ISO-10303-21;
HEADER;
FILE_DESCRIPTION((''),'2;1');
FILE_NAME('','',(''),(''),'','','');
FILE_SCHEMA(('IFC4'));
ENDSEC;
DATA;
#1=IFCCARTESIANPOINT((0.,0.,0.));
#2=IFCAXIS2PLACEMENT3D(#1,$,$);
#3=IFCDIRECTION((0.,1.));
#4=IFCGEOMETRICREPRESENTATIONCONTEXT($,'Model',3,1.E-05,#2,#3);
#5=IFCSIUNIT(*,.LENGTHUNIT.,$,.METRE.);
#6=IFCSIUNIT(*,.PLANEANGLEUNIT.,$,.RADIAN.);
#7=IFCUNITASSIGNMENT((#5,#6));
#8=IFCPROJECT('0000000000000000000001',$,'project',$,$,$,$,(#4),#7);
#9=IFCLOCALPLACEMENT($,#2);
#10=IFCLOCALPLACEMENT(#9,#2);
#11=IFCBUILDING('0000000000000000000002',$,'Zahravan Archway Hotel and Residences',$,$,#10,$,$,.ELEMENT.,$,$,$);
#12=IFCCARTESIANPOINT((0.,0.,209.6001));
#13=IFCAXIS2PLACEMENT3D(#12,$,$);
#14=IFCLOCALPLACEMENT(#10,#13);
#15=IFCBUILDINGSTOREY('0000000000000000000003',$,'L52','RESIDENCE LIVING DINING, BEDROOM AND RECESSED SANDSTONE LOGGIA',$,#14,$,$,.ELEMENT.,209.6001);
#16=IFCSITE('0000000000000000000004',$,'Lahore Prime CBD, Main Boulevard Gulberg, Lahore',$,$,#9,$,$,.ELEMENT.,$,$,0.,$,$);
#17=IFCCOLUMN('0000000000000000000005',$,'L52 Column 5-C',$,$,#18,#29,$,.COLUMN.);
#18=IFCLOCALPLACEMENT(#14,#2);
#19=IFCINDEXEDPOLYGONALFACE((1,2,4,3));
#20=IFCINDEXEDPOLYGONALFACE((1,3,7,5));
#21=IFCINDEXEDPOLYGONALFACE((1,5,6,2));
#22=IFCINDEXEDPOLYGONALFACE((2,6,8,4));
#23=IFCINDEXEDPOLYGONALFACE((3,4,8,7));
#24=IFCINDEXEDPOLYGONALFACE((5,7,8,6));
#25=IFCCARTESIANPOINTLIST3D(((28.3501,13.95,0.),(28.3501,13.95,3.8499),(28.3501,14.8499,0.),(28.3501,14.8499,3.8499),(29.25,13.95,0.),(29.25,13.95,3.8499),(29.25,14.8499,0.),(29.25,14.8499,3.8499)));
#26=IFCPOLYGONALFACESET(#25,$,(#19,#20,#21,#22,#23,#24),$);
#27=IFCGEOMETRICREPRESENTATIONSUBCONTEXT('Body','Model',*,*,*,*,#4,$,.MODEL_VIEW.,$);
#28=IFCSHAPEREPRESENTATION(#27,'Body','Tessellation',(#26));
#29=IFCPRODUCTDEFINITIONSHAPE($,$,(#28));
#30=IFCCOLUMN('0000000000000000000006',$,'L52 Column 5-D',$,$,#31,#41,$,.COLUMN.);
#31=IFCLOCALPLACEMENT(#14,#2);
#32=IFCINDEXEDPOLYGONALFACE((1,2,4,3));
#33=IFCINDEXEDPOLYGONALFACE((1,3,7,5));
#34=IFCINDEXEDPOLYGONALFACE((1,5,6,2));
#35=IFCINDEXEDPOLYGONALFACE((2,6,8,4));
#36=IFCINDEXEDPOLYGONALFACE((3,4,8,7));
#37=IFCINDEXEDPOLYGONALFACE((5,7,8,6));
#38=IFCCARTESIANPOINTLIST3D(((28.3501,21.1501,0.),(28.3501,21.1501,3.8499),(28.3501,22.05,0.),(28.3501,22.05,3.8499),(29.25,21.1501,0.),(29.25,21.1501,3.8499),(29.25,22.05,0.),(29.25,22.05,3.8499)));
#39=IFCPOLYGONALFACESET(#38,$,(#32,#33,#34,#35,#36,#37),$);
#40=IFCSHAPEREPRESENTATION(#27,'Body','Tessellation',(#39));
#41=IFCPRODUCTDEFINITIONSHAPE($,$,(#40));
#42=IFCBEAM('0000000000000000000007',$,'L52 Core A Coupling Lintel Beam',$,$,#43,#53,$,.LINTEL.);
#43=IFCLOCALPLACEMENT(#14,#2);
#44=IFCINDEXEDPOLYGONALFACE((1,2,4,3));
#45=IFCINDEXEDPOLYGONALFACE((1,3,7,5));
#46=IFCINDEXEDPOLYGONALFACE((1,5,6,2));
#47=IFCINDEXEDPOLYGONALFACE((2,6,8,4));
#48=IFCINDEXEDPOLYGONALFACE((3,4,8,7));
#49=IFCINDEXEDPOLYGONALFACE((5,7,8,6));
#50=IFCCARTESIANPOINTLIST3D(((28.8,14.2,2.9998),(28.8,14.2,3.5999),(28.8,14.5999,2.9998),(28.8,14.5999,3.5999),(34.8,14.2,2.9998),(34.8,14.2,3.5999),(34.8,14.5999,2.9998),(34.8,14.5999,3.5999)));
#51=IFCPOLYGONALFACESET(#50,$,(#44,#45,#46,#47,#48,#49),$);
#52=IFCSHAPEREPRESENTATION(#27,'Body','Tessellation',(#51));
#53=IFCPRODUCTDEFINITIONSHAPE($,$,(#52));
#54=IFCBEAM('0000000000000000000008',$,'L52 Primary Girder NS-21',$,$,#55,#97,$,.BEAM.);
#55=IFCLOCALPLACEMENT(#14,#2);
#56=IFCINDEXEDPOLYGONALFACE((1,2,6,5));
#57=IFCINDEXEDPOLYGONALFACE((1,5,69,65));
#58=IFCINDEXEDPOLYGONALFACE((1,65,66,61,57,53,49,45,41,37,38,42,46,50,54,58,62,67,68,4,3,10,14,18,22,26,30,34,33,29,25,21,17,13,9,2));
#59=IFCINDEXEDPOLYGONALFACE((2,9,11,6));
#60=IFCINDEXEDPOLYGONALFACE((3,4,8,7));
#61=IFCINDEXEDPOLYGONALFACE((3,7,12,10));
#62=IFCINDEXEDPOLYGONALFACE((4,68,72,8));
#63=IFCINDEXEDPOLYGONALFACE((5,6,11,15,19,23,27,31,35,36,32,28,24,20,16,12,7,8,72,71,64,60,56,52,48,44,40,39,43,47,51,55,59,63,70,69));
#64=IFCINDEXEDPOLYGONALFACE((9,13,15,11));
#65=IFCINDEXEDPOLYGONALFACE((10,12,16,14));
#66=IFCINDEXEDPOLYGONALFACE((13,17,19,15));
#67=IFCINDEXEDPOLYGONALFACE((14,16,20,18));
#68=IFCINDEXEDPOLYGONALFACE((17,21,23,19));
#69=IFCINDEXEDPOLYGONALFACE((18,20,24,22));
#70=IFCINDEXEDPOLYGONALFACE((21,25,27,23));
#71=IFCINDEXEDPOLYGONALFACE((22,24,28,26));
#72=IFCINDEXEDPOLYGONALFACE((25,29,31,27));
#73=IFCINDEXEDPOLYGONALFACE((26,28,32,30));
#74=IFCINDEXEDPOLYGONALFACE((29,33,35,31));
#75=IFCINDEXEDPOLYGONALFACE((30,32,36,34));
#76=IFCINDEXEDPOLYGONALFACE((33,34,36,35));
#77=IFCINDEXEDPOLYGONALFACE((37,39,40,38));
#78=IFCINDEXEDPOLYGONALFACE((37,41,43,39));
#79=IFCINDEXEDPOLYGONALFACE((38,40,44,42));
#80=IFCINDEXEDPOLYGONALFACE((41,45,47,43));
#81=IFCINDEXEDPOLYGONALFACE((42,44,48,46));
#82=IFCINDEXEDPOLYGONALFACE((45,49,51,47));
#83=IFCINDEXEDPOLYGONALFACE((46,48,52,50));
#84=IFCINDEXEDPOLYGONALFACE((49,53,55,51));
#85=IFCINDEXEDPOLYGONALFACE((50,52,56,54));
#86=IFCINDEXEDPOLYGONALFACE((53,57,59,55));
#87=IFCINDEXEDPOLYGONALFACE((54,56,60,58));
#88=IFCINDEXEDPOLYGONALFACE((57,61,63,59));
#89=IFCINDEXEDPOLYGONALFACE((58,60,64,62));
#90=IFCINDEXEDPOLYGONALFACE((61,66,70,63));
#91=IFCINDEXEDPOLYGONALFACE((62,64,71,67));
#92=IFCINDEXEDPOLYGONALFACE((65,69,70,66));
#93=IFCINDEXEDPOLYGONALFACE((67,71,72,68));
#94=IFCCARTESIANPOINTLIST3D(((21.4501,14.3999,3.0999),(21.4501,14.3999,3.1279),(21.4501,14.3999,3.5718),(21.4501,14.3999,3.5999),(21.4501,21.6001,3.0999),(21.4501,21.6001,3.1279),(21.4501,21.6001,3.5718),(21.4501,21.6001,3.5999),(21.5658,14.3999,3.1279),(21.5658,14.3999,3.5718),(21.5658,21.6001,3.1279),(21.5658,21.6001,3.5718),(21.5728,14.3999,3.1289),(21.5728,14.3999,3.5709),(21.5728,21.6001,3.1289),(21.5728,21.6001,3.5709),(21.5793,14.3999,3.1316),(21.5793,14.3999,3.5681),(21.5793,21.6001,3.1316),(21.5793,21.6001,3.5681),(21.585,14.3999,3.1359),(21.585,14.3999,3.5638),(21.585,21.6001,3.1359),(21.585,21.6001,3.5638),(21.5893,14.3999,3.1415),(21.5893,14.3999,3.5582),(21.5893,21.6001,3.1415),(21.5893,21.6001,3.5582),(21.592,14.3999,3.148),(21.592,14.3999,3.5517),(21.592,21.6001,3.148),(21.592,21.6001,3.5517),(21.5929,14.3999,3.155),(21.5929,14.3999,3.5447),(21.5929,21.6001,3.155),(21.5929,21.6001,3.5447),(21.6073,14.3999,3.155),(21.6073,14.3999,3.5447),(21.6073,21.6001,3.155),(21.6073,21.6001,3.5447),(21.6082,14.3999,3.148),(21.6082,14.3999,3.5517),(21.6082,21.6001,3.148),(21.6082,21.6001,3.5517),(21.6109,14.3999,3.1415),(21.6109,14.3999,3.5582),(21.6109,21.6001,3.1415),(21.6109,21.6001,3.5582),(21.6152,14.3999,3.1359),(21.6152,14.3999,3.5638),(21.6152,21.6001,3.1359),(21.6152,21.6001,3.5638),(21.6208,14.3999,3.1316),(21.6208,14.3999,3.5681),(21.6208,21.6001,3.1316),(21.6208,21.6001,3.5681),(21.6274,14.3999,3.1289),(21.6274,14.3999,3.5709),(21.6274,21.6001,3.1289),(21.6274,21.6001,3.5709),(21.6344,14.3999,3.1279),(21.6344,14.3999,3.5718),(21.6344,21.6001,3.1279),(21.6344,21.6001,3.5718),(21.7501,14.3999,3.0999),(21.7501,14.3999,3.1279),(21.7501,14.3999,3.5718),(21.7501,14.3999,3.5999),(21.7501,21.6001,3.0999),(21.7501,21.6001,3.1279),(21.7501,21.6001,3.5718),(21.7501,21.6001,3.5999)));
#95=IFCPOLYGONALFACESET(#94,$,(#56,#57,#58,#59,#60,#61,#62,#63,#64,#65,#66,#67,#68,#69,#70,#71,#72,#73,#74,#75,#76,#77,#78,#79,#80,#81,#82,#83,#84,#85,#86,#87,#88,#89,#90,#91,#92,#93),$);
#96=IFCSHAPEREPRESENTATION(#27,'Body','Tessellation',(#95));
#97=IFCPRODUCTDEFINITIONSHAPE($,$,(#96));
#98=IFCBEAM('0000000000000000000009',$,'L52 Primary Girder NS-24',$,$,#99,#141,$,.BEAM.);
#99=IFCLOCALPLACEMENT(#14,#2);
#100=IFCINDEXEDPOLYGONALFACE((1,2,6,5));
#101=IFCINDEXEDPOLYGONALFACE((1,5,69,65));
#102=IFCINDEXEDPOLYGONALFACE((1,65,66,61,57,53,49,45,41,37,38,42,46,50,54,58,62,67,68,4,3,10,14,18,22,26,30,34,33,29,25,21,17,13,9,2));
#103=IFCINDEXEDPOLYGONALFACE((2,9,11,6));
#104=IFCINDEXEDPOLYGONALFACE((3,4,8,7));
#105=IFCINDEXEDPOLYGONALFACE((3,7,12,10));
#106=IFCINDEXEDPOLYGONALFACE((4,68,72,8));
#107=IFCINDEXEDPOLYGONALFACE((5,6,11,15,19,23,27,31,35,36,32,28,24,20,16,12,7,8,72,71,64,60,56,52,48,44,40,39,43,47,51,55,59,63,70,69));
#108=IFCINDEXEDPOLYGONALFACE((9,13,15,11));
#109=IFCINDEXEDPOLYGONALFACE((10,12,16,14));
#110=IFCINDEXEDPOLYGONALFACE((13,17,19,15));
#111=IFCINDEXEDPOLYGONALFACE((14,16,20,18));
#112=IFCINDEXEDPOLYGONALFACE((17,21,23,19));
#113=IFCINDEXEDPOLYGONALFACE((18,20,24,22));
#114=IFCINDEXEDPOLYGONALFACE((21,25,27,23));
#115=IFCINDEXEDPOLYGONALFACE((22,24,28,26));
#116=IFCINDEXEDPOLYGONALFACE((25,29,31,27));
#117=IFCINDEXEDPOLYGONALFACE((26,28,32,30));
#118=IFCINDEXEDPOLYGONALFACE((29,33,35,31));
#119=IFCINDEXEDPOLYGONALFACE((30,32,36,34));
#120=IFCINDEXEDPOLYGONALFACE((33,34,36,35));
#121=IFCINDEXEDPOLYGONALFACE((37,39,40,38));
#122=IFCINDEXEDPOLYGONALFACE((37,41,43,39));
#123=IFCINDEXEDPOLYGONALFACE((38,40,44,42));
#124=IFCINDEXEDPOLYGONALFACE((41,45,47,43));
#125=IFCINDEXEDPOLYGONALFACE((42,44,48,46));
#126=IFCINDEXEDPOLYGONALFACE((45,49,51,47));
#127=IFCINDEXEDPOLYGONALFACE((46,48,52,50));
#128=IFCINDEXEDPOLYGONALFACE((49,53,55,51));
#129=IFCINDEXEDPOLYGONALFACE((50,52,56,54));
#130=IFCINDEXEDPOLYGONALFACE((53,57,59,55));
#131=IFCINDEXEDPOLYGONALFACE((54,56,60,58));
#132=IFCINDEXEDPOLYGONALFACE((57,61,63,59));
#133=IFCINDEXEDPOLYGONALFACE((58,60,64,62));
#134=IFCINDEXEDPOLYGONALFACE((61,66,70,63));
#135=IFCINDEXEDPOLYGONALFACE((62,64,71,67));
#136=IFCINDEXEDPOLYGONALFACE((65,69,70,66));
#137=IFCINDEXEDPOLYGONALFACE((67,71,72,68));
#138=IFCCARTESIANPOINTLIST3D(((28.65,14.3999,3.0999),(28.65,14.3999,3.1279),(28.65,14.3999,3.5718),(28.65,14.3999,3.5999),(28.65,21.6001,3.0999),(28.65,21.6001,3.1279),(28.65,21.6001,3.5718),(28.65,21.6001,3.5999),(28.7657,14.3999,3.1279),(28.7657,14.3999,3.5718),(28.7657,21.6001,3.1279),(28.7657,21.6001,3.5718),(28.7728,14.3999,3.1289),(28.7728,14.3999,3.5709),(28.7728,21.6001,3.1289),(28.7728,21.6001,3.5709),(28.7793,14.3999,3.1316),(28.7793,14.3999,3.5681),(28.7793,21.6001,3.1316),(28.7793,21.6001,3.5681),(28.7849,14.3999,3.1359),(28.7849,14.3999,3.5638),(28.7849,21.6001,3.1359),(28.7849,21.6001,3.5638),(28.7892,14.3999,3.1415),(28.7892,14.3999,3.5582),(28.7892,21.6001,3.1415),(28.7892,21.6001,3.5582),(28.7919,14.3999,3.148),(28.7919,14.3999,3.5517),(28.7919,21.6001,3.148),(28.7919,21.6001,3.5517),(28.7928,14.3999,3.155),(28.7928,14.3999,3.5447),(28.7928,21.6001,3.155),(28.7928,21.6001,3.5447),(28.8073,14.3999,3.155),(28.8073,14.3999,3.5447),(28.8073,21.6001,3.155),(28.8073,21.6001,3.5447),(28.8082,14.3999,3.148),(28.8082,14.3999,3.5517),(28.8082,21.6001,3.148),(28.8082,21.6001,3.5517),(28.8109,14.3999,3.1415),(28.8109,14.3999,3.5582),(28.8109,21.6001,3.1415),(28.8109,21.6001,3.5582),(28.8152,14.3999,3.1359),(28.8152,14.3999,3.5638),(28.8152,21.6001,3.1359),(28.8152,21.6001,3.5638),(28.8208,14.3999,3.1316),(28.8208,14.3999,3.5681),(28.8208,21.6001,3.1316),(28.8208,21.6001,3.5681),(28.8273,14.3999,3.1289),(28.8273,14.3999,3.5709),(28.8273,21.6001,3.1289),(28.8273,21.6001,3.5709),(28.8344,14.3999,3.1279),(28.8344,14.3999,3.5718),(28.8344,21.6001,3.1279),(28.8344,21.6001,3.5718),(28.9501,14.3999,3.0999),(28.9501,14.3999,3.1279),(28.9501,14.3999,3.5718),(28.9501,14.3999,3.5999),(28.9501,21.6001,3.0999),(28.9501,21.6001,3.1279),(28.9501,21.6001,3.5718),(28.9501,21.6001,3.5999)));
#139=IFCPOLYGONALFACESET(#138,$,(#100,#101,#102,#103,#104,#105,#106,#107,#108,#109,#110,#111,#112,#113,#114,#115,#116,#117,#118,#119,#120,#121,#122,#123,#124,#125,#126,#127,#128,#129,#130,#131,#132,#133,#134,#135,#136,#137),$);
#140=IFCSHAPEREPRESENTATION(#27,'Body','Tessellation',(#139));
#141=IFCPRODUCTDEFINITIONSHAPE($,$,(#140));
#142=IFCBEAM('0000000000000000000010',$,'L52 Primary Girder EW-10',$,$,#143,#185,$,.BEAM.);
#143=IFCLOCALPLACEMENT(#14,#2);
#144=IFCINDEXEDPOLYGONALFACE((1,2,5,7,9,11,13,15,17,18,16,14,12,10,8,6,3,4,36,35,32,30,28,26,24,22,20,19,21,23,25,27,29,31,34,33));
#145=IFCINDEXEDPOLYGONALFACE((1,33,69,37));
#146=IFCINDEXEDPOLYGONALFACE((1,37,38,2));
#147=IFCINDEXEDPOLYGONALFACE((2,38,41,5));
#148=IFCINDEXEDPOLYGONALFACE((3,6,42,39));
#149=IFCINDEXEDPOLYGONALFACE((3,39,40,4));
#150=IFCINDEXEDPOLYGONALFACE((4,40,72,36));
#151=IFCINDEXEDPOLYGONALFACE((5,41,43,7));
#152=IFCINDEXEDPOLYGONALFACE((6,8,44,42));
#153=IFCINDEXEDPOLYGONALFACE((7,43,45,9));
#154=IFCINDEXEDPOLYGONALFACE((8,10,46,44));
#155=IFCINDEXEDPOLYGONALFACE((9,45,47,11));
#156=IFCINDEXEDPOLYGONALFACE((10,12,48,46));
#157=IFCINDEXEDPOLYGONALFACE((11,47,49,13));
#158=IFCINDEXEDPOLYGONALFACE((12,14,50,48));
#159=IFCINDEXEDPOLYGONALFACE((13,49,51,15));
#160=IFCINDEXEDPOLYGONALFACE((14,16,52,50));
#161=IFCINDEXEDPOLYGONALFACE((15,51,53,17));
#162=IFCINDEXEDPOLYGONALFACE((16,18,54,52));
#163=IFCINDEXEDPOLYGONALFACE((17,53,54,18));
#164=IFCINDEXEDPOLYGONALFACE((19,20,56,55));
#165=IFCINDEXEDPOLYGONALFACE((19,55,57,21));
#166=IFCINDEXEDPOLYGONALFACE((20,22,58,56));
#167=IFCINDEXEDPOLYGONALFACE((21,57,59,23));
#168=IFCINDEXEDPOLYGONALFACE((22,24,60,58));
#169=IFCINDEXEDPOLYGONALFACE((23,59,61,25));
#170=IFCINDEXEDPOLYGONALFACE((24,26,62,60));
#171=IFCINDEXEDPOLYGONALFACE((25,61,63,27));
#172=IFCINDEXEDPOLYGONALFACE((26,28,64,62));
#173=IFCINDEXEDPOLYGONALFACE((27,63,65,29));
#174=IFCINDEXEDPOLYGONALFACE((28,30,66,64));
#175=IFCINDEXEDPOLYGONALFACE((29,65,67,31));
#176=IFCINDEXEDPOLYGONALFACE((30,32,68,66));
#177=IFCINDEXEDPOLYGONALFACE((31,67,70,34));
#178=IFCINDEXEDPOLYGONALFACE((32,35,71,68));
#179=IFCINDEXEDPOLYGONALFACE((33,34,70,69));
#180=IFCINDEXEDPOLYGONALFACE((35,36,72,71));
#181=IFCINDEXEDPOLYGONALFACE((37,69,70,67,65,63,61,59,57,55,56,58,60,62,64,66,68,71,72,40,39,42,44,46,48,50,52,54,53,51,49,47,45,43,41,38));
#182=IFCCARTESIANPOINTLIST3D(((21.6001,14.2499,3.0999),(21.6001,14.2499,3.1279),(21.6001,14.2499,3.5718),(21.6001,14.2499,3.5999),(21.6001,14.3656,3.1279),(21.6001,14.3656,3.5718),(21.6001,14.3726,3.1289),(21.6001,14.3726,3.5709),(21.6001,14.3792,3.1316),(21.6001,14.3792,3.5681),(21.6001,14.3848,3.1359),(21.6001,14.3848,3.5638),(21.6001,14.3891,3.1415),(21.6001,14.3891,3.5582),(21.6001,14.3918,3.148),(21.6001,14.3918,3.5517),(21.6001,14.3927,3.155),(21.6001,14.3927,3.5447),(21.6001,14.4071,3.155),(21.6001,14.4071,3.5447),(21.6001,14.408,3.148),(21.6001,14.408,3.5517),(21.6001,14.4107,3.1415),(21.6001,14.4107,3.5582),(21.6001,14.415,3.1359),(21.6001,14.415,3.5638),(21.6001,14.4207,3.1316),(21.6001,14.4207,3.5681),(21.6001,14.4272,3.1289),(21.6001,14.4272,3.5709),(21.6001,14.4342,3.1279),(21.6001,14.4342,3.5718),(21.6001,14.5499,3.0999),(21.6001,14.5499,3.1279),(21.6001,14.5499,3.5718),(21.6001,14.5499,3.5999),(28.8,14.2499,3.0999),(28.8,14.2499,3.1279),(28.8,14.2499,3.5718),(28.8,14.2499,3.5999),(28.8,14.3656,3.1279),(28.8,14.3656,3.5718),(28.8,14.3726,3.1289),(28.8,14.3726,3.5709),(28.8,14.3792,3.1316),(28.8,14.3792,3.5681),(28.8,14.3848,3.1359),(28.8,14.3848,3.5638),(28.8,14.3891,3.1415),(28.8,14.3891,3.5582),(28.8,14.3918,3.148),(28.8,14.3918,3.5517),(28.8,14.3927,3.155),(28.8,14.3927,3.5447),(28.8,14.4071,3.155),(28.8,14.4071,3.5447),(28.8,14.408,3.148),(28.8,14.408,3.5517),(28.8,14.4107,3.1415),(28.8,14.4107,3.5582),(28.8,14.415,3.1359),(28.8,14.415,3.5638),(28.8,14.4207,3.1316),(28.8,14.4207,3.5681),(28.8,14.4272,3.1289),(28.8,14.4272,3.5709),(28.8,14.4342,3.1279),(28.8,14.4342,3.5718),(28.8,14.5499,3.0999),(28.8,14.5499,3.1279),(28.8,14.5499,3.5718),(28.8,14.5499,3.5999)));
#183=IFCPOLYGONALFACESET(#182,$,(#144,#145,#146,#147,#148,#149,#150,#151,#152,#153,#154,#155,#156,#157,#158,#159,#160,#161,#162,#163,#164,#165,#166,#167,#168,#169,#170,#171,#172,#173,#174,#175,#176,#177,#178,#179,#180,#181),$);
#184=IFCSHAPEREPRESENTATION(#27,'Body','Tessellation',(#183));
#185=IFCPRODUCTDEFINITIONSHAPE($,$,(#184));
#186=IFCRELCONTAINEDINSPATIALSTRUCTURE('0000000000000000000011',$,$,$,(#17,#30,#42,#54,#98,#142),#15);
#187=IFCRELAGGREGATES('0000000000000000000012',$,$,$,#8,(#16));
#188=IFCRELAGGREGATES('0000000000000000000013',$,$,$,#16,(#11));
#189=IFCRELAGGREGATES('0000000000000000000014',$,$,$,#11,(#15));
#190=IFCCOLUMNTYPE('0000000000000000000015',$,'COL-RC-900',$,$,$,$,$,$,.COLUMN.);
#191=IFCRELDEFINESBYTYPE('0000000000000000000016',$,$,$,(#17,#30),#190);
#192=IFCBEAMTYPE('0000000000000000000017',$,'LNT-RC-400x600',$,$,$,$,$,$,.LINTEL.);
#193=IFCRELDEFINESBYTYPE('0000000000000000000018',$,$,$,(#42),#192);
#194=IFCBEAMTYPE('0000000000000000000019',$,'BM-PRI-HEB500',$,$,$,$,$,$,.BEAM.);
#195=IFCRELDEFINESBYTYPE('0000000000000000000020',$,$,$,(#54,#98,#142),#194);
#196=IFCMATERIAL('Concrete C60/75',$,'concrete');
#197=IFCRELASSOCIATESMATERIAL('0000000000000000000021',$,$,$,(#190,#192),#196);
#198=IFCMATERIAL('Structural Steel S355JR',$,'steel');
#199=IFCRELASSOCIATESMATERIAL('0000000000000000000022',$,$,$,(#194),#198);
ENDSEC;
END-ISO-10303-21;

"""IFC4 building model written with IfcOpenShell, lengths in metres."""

from ifc_helpers import new_model, si_unit, direction, frame, origin, origin_2d, place, context, subcontext, project, spatial, rectangle, i_section, extrude, source, transform, mapped, material, material_profile, profile_set, type_object, type_shapes, element, save


model = new_model("IFC4")

# Units and contexts
model_context = context("Model", 3, precision=1e-05, world=origin(), true_north=direction((0.0, 1.0)))
body_context = subcontext(model_context, "Body", "Model", "MODEL_VIEW")
ifc_project = project(units=[si_unit("LENGTHUNIT", "METRE"), si_unit("PLANEANGLEUNIT", "RADIAN")], contexts=[model_context])

# Site, building, storey
site_placement = place(None, origin())
site = spatial("IfcSite", under=ifc_project, at=site_placement, Name="Lahore Prime CBD, Main Boulevard Gulberg, Lahore", CompositionType="ELEMENT", RefElevation=0.0)
building_placement = place(site_placement, origin())
building = spatial("IfcBuilding", under=site, at=building_placement, Name="Zahravan Archway Hotel and Residences", CompositionType="ELEMENT")
storey_placement = place(building_placement, frame((0.0, 0.0, 209.6001)))
storey = spatial("IfcBuildingStorey", under=building, at=storey_placement, Name="L52", Description="RESIDENCE LIVING DINING, BEDROOM AND RECESSED SANDSTONE LOGGIA", CompositionType="ELEMENT", Elevation=209.6001)

# Columns
ifc_material_1 = material(Name="Concrete C60/75", Category="concrete")
ifc_material_profile_1 = material_profile(ifc_material_1, rectangle(XDim=0.8999, YDim=0.8999, at=origin_2d()), Name="RC-COL-900x900", Category="concrete")
ifc_profile_set_1 = profile_set([ifc_material_profile_1], Name="Concrete C60/75")
column_type = type_object("IfcColumnType", Name="COL-RC-900", PredefinedType="COLUMN", material=ifc_profile_set_1)
shared_shape_1 = source(origin(), body_context, "Body", "SweptSolid", [
    extrude(rectangle(XDim=0.8999, YDim=0.8999, at=origin_2d()), origin(), (0.0, 0.0, 1.0), 3.8499),
])
for number, where, z_axis, x_axis, name in (
    (1, (28.8, 14.3999, 0.0), (0.0, 0.0, 1.0), (1.0, 0.0, 0.0), "L52 Column 5-C"),
    (2, (28.8, 21.6001, 0.0), (0.0, 0.0, 1.0), (1.0, 0.0, 0.0), "L52 Column 5-D"),
):
    element("IfcColumn", number, at=place(storey_placement, frame(where, z_axis=z_axis, x_axis=x_axis)), inside=storey, type_object=column_type, Name=name, PredefinedType="COLUMN", context=body_context, shape_type="MappedRepresentation", body=[
        mapped(shared_shape_1, transform((0.0, 0.0, 0.0), scale=1.0)),
    ])

# Beams
ifc_material_profile_2 = material_profile(ifc_material_1, rectangle(XDim=0.3999, YDim=0.6001, at=origin_2d()), Name="RC-LNT-400x600", Category="concrete")
ifc_profile_set_2 = profile_set([ifc_material_profile_2], Name="Concrete C60/75")
beam_type_1 = type_object("IfcBeamType", Name="LNT-RC-400x600", PredefinedType="LINTEL", material=ifc_profile_set_2)
shared_shape_2 = source(origin(), body_context, "Body", "SweptSolid", [
    extrude(rectangle(XDim=0.3999, YDim=0.6001, at=origin_2d()), origin(), (0.0, 0.0, 1.0), 6.0),
])
type_shapes(beam_type_1, [shared_shape_2])
beam_1_placement = place(storey_placement, frame((28.8, 14.3999, 3.2998), z_axis=(1.0, 0.0, 0.0), x_axis=(0.0, 1.0, 0.0)))
element("IfcBeam", 3, at=beam_1_placement, inside=storey, type_object=beam_type_1, Name="L52 Core A Coupling Lintel Beam", PredefinedType="LINTEL", context=body_context, shape_type="MappedRepresentation", body=[
    mapped(shared_shape_2, transform((0.0, 0.0, 0.0), scale=1.0)),
])
ifc_material_2 = material(Name="Structural Steel S355JR", Category="steel")
ifc_material_profile_3 = material_profile(ifc_material_2, i_section(OverallWidth=0.3, OverallDepth=0.5, WebThickness=0.0144, FlangeThickness=0.0281, FilletRadius=0.0271, at=origin_2d()), Name="HEB 500", Category="steel")
ifc_profile_set_3 = profile_set([ifc_material_profile_3], Name="Structural Steel S355JR")
beam_type_2 = type_object("IfcBeamType", Name="BM-PRI-HEB500", PredefinedType="BEAM", material=ifc_profile_set_3)
shared_shape_3 = source(origin(), body_context, "Body", "SweptSolid", [
    extrude(i_section(OverallWidth=0.3, OverallDepth=0.5, WebThickness=0.0144, FlangeThickness=0.0281, FilletRadius=0.0271, at=origin_2d()), origin(), (0.0, 0.0, 1.0), 7.2002),
])
type_shapes(beam_type_2, [shared_shape_3])
for number, where, z_axis, x_axis, name in (
    (4, (21.6001, 14.3999, 3.3499), (0.0, 1.0, 0.0), (-1.0, 0.0, 0.0), "L52 Primary Girder NS-21"),
    (5, (28.8, 14.3999, 3.3499), (0.0, 1.0, 0.0), (-1.0, 0.0, 0.0), "L52 Primary Girder NS-24"),
):
    element("IfcBeam", number, at=place(storey_placement, frame(where, z_axis=z_axis, x_axis=x_axis)), inside=storey, type_object=beam_type_2, Name=name, PredefinedType="BEAM", context=body_context, shape_type="MappedRepresentation", body=[
        mapped(shared_shape_3, transform((0.0, 0.0, 0.0), scale=1.0)),
    ])
shared_shape_4 = source(origin(), body_context, "Body", "SweptSolid", [
    extrude(i_section(OverallWidth=0.3, OverallDepth=0.5, WebThickness=0.0144, FlangeThickness=0.0281, FilletRadius=0.0271, at=origin_2d()), origin(), (0.0, 0.0, 1.0), 7.2),
])
for number, where, z_axis, x_axis, name in (
    (6, (21.6001, 14.3999, 3.3499), (1.0, 0.0, 0.0), (0.0, 1.0, 0.0), "L52 Primary Girder EW-10"),
):
    element("IfcBeam", number, at=place(storey_placement, frame(where, z_axis=z_axis, x_axis=x_axis)), inside=storey, type_object=beam_type_2, Name=name, PredefinedType="BEAM", context=body_context, shape_type="MappedRepresentation", body=[
        mapped(shared_shape_4, transform((0.0, 0.0, 0.0), scale=1.0)),
    ])

save(model, "model.ifc")
